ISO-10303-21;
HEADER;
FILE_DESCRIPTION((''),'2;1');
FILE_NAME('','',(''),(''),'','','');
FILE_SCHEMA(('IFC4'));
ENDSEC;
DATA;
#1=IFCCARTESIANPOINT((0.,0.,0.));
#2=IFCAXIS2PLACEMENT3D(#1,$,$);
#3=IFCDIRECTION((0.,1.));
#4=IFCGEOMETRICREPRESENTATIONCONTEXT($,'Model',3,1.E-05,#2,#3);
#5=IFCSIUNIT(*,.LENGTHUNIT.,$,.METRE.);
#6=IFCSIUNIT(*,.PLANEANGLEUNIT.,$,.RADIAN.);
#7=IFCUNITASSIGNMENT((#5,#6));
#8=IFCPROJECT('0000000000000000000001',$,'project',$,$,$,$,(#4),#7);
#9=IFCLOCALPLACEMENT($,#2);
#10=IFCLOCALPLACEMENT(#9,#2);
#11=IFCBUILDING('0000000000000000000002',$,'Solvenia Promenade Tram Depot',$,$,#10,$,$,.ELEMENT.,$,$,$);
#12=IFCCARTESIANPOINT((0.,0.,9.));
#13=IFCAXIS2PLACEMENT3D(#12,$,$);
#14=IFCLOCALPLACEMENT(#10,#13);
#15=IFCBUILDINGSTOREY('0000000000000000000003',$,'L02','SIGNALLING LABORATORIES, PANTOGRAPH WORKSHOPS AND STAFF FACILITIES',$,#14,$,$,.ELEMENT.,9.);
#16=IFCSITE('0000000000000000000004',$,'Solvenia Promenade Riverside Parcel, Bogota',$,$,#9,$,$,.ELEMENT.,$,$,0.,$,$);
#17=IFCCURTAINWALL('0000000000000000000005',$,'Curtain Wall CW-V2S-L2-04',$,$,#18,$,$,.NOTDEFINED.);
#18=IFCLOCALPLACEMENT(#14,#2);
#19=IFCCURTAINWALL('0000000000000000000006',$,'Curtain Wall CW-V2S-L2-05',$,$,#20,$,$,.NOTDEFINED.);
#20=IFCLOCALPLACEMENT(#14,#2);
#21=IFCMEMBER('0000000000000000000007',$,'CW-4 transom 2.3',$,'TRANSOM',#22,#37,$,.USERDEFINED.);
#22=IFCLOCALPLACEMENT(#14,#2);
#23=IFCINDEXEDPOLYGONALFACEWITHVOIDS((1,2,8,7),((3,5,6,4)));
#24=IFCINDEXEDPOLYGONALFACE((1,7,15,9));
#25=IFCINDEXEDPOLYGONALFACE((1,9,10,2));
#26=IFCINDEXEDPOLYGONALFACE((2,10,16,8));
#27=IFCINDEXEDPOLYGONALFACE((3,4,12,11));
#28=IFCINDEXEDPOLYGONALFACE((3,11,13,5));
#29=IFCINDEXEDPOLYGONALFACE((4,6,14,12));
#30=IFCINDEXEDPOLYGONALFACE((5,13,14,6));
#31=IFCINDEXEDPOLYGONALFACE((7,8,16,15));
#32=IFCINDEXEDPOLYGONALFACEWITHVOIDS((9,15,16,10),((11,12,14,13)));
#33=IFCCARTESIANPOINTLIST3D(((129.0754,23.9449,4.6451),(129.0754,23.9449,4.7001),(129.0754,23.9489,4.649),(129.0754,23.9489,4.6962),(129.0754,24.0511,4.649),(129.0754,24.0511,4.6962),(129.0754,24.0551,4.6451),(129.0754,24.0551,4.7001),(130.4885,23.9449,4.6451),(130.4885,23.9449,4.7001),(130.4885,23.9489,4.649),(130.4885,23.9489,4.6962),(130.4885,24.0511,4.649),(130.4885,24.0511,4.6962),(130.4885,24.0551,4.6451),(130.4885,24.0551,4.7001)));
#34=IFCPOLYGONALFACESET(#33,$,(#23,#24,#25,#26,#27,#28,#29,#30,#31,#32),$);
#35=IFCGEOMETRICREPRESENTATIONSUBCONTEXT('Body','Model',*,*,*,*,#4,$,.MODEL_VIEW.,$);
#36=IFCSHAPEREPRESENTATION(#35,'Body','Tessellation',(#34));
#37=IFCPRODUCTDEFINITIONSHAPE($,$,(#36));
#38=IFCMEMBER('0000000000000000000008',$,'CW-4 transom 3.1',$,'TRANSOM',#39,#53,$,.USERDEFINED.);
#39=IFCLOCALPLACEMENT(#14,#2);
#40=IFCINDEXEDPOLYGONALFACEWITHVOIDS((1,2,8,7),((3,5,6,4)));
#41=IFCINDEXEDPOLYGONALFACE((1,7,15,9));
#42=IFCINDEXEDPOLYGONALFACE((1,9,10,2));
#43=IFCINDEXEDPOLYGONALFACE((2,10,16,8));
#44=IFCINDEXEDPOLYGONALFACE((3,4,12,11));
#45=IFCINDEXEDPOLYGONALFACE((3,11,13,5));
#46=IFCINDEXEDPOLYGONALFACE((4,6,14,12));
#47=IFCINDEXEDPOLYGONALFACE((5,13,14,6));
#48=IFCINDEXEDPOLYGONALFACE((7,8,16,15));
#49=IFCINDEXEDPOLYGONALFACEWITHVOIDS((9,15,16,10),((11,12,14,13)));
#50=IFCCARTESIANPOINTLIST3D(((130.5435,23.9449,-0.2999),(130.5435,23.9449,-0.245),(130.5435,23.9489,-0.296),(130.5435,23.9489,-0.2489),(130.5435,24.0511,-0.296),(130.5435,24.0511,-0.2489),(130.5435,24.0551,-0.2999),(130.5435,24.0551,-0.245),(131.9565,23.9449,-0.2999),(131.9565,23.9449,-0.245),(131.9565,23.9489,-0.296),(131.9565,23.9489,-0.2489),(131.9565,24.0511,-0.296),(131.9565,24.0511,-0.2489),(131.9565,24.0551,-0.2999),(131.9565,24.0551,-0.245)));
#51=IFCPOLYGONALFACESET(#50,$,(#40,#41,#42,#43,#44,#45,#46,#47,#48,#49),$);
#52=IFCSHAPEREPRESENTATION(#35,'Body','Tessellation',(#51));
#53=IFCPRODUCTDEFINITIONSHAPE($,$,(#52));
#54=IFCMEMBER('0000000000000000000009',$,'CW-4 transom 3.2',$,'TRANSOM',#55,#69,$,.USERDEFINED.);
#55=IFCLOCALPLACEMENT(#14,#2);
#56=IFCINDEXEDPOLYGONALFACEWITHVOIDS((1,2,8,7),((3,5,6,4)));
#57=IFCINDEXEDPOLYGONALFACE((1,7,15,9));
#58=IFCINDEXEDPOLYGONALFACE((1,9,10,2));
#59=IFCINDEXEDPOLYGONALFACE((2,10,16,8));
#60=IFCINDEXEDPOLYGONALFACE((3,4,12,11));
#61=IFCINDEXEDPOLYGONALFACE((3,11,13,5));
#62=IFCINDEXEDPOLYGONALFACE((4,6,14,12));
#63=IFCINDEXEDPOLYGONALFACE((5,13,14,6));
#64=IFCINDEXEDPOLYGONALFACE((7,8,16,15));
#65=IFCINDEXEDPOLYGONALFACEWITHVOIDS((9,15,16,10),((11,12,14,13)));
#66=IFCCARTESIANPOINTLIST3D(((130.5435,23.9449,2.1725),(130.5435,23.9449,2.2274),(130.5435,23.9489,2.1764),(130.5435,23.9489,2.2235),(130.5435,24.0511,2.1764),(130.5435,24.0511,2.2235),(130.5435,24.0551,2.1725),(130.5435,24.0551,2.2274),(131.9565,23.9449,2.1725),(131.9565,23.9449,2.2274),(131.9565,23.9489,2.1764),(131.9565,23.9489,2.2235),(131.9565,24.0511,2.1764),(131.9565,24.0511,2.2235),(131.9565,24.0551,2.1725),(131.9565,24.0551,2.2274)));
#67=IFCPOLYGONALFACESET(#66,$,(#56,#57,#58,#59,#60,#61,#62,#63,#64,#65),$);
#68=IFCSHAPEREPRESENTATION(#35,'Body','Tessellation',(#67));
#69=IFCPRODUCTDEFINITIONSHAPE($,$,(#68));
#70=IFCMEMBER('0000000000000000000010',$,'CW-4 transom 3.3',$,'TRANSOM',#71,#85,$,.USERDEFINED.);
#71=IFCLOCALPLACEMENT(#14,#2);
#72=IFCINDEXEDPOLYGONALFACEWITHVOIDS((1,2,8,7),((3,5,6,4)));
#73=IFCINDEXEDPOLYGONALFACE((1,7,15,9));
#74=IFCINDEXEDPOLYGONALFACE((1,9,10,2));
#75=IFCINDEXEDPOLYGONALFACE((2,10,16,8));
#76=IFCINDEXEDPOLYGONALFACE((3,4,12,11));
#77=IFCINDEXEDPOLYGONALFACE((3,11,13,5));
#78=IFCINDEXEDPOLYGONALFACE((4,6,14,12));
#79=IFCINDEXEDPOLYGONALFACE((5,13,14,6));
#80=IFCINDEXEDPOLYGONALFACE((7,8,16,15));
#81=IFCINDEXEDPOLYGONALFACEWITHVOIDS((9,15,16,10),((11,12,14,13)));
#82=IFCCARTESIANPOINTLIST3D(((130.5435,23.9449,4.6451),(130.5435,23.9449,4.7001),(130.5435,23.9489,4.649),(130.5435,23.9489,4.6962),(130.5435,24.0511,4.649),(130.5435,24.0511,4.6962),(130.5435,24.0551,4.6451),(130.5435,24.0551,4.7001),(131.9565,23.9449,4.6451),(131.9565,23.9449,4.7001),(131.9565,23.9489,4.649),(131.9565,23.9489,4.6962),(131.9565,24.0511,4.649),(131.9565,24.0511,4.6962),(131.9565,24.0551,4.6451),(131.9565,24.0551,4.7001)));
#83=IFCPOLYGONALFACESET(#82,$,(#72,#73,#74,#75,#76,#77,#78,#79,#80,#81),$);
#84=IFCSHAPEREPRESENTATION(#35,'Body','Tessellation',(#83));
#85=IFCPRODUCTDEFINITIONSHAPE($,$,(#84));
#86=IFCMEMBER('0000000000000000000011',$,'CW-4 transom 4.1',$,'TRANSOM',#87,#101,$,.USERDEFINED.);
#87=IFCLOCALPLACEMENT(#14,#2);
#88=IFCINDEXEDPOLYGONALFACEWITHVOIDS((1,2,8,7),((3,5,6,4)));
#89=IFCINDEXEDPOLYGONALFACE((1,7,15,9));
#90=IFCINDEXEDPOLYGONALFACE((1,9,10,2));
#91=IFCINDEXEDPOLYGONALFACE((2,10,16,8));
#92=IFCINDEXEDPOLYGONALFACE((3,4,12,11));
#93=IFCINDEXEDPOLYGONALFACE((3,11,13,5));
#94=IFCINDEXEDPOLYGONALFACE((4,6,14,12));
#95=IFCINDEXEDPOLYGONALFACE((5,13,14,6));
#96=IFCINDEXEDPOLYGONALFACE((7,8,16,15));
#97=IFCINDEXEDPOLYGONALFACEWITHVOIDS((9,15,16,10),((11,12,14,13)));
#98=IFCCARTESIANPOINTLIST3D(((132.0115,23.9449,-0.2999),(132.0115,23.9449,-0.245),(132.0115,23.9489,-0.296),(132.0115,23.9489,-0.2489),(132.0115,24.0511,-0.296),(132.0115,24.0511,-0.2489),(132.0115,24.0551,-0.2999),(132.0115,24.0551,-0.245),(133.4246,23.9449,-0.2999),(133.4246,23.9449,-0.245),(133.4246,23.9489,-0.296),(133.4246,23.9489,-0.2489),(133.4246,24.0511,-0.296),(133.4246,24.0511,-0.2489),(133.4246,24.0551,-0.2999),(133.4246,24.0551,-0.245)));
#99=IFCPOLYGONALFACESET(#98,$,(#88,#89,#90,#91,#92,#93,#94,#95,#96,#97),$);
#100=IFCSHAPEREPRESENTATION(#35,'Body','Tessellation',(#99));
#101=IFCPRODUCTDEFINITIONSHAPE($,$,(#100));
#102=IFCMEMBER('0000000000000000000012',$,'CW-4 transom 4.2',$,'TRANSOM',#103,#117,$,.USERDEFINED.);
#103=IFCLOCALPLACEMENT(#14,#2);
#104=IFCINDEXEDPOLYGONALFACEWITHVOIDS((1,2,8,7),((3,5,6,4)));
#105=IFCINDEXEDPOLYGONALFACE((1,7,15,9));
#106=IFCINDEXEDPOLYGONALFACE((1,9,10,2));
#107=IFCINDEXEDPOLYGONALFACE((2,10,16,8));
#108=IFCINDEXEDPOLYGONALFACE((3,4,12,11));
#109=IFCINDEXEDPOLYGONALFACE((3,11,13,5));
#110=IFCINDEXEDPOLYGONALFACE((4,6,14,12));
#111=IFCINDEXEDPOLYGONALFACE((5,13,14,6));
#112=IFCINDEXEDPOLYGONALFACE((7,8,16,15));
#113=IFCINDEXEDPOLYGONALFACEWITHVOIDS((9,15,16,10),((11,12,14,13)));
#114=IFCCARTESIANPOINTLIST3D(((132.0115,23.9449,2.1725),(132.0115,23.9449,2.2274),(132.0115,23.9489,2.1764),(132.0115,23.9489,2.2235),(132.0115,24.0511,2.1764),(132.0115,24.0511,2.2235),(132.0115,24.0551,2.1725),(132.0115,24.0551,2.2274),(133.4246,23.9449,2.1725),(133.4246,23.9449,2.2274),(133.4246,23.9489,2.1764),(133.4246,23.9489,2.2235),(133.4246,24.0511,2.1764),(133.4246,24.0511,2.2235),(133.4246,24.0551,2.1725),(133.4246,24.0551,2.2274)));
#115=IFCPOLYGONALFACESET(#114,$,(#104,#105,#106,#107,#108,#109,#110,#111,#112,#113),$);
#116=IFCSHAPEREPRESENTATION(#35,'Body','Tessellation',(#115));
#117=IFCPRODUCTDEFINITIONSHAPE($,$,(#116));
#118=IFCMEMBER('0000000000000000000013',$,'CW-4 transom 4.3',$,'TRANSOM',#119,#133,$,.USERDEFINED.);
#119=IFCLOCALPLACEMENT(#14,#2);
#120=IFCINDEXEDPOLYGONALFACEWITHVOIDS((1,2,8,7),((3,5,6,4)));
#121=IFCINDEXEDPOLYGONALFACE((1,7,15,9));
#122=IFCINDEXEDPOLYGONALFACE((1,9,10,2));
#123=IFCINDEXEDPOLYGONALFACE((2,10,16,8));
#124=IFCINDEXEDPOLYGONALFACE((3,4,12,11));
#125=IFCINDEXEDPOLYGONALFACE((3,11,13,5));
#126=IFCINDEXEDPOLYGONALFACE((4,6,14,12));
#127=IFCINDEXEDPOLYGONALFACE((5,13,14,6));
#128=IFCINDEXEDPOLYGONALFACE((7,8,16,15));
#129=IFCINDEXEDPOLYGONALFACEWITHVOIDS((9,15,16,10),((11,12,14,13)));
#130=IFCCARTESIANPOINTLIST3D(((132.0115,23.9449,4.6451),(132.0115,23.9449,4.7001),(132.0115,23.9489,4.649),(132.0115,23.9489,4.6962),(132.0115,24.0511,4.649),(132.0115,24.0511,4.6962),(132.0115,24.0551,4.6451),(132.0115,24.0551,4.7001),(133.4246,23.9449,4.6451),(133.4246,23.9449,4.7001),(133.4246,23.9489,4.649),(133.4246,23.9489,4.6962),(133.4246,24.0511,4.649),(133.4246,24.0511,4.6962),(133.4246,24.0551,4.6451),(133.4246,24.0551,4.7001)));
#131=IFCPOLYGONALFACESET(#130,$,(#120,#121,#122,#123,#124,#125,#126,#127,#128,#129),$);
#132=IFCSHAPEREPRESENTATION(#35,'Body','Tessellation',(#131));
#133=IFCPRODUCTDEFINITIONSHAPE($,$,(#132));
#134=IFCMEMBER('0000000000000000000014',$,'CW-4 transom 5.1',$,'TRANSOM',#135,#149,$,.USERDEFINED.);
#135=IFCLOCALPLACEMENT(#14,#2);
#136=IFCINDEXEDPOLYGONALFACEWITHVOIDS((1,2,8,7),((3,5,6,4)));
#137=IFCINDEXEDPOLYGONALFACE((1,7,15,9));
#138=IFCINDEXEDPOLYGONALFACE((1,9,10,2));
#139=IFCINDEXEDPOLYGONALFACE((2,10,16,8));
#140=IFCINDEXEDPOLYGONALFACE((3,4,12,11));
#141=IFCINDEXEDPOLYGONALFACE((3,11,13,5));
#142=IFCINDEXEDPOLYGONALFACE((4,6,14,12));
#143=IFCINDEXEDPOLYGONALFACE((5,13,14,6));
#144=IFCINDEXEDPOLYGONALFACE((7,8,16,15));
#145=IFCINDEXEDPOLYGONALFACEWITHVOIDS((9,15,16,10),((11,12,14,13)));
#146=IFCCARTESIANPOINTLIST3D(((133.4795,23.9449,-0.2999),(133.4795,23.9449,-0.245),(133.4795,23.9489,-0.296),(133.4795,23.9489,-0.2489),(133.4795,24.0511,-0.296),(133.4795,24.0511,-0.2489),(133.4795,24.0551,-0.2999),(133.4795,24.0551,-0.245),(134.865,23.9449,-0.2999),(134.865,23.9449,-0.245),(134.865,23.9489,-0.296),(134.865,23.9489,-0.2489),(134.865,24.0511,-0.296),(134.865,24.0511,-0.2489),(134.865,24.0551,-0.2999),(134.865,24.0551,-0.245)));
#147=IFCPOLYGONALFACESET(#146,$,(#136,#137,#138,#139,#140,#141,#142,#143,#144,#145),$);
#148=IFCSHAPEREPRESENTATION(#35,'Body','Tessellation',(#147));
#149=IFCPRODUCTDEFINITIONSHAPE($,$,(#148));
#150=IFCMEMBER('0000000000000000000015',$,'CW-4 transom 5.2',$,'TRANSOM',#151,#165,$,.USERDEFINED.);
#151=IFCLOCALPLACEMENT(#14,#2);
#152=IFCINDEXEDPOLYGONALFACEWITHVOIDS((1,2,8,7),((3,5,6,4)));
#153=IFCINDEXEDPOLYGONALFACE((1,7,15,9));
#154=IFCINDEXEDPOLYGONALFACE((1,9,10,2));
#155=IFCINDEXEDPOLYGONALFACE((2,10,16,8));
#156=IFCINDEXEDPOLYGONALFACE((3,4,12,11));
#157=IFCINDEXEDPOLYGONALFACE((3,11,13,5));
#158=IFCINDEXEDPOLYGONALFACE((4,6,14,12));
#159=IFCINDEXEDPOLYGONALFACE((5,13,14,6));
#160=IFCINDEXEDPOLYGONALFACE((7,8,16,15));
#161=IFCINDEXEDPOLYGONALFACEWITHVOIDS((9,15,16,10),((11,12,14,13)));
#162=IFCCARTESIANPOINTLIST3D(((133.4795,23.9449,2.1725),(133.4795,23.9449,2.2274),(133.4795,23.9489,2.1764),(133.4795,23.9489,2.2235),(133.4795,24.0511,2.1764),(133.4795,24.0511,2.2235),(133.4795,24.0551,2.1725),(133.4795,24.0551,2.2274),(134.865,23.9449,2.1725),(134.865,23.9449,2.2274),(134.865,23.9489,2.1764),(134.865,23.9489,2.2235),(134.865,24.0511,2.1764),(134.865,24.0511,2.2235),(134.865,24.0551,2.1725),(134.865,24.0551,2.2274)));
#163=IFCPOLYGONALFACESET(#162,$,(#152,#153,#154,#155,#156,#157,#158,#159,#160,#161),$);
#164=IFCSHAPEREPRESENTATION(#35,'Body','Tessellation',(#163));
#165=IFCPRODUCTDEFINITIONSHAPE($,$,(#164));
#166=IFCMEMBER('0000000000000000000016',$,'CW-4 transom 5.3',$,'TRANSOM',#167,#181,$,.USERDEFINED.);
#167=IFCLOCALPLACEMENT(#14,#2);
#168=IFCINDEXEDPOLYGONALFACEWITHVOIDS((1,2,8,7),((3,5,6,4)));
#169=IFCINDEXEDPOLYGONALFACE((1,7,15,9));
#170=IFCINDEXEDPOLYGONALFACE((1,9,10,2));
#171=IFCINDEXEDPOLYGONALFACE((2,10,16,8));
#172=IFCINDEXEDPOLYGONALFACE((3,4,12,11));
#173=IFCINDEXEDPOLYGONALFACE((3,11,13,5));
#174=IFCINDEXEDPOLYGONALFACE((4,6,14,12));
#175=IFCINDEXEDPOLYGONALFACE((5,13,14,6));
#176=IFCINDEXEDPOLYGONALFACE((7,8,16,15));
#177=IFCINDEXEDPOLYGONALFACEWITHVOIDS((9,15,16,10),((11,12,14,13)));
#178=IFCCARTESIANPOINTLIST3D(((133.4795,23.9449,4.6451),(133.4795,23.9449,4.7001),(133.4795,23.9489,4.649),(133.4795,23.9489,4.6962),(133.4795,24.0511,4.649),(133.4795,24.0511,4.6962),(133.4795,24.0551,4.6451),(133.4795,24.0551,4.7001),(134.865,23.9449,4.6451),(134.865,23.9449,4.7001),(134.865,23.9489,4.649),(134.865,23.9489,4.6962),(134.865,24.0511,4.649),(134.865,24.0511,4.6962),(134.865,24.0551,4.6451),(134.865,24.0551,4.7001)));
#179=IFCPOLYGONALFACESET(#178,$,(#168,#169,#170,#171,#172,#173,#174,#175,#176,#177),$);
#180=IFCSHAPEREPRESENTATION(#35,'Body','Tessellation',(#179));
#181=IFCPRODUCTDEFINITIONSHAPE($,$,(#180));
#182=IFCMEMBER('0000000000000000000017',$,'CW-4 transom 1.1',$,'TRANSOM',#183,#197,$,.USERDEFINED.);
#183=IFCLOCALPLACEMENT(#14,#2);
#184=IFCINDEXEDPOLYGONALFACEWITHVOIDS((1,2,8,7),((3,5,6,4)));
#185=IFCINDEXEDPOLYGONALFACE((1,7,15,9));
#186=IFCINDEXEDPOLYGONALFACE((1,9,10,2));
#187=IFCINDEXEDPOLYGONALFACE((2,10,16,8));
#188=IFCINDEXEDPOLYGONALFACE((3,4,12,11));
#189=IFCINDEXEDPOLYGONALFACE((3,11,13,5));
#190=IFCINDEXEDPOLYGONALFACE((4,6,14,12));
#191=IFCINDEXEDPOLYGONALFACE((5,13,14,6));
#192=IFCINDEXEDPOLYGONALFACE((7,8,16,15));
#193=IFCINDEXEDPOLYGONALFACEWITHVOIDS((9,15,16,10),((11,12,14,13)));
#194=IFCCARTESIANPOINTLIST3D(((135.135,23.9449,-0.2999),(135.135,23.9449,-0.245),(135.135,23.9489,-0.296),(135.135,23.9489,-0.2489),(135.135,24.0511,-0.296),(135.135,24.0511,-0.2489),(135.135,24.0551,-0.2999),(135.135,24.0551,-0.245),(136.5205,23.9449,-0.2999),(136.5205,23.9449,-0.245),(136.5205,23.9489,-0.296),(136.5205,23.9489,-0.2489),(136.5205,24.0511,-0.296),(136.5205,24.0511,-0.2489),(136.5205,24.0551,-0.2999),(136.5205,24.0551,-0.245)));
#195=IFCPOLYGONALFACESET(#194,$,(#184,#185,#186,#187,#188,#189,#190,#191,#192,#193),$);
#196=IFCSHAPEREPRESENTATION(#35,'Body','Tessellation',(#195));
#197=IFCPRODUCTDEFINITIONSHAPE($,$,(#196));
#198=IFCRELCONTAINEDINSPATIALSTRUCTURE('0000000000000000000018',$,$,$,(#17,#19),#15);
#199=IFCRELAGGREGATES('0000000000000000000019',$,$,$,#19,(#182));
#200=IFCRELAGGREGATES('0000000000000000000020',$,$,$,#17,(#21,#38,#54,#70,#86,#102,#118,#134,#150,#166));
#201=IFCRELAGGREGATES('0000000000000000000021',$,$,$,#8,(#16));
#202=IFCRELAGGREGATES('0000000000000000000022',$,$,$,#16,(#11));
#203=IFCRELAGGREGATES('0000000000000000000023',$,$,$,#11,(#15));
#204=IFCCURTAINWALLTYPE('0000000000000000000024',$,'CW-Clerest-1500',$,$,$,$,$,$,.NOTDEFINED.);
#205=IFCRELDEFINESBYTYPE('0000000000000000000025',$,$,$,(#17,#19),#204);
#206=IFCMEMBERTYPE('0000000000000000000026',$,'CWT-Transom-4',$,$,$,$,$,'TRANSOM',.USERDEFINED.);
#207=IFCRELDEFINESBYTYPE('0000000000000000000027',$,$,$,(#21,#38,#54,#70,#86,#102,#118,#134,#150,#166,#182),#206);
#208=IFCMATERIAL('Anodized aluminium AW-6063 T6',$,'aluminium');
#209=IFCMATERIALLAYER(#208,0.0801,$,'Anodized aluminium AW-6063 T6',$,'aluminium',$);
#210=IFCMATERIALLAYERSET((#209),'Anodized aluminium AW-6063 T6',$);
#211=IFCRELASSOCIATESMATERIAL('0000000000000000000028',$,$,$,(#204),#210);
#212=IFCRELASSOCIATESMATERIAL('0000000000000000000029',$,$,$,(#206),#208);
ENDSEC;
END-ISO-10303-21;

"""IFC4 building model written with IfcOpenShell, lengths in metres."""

from ifc_helpers import new_model, si_unit, direction, frame, origin, origin_2d, place, context, subcontext, project, spatial, hollow_rectangle, extrude, material, layer, layer_set, material_profile, profile_set, type_object, element, aggregate, save


model = new_model("IFC4")

# Units and contexts
model_context = context("Model", 3, precision=1e-05, world=origin(), true_north=direction((0.0, 1.0)))
body_context = subcontext(model_context, "Body", "Model", "MODEL_VIEW")
ifc_project = project(units=[si_unit("LENGTHUNIT", "METRE"), si_unit("PLANEANGLEUNIT", "RADIAN")], contexts=[model_context])

# Site, building, storey
site_placement = place(None, origin())
site = spatial("IfcSite", under=ifc_project, at=site_placement, Name="Solvenia Promenade Riverside Parcel, Bogota", CompositionType="ELEMENT", RefElevation=0.0)
building_placement = place(site_placement, origin())
building = spatial("IfcBuilding", under=site, at=building_placement, Name="Solvenia Promenade Tram Depot", CompositionType="ELEMENT")
storey_placement = place(building_placement, frame((0.0, 0.0, 9.0)))
storey = spatial("IfcBuildingStorey", under=building, at=storey_placement, Name="L02", Description="SIGNALLING LABORATORIES, PANTOGRAPH WORKSHOPS AND STAFF FACILITIES", CompositionType="ELEMENT", Elevation=9.0)

# Curtain wall
ifc_material_1 = material(Name="Anodized aluminium AW-6063 T6", Category="aluminium")
ifc_layer_1 = layer(ifc_material_1, 0.0801, Name="Anodized aluminium AW-6063 T6", Category="aluminium")
ifc_layer_set_1 = layer_set([ifc_layer_1], Name="Anodized aluminium AW-6063 T6")
curtain_wall_type = type_object("IfcCurtainWallType", Name="CW-Clerest-1500", PredefinedType="NOTDEFINED", material=ifc_layer_set_1)
curtain_wall_1_placement = place(storey_placement, origin())
curtain_wall_1 = element("IfcCurtainWall", 1, at=curtain_wall_1_placement, inside=storey, type_object=curtain_wall_type, Name="Curtain Wall CW-V2S-L2-04", PredefinedType="NOTDEFINED")

# Curtain wall
curtain_wall_2_placement = place(storey_placement, origin())
curtain_wall_2 = element("IfcCurtainWall", 2, at=curtain_wall_2_placement, inside=storey, type_object=curtain_wall_type, Name="Curtain Wall CW-V2S-L2-05", PredefinedType="NOTDEFINED")

# Members
ifc_material_profile_1 = material_profile(ifc_material_1, hollow_rectangle(XDim=0.1101, YDim=0.0549, WallThickness=0.0039, at=origin_2d()), Name="ALU-T4", Category="aluminium")
ifc_profile_set_1 = profile_set([ifc_material_profile_1], Name="Anodized aluminium AW-6063 T6")
member_type_1 = type_object("IfcMemberType", Name="CWT-Transom-4", ElementType="TRANSOM", PredefinedType="USERDEFINED", material=ifc_profile_set_1)
member_1_placement = place(storey_placement, frame((129.0754, 24.0, 4.6726), z_axis=(1.0, 0.0, 0.0), x_axis=(0.0, 1.0, 0.0)))
member_1 = element("IfcMember", 3, at=member_1_placement, type_object=member_type_1, Name="CW-4 transom 2.3", ObjectType="TRANSOM", PredefinedType="USERDEFINED", context=body_context, shape_type="SweptSolid", body=[
    extrude(hollow_rectangle(XDim=0.1101, YDim=0.0549, WallThickness=0.0039, at=origin_2d()), origin(), (0.0, 0.0, 1.0), 1.4131),
])
member_2_placement = place(storey_placement, frame((130.5435, 24.0, -0.2725), z_axis=(1.0, 0.0, 0.0), x_axis=(0.0, 1.0, 0.0)))
member_2 = element("IfcMember", 4, at=member_2_placement, type_object=member_type_1, Name="CW-4 transom 3.1", ObjectType="TRANSOM", PredefinedType="USERDEFINED", context=body_context, shape_type="SweptSolid", body=[
    extrude(hollow_rectangle(XDim=0.1101, YDim=0.0549, WallThickness=0.0039, at=origin_2d()), origin(), (0.0, 0.0, 1.0), 1.4131),
])
member_3_placement = place(storey_placement, frame((130.5435, 24.0, 2.2), z_axis=(1.0, 0.0, 0.0), x_axis=(0.0, 1.0, 0.0)))
member_3 = element("IfcMember", 5, at=member_3_placement, type_object=member_type_1, Name="CW-4 transom 3.2", ObjectType="TRANSOM", PredefinedType="USERDEFINED", context=body_context, shape_type="SweptSolid", body=[
    extrude(hollow_rectangle(XDim=0.1101, YDim=0.0549, WallThickness=0.0039, at=origin_2d()), origin(), (0.0, 0.0, 1.0), 1.4131),
])
member_4_placement = place(storey_placement, frame((130.5435, 24.0, 4.6726), z_axis=(1.0, 0.0, 0.0), x_axis=(0.0, 1.0, 0.0)))
member_4 = element("IfcMember", 6, at=member_4_placement, type_object=member_type_1, Name="CW-4 transom 3.3", ObjectType="TRANSOM", PredefinedType="USERDEFINED", context=body_context, shape_type="SweptSolid", body=[
    extrude(hollow_rectangle(XDim=0.1101, YDim=0.0549, WallThickness=0.0039, at=origin_2d()), origin(), (0.0, 0.0, 1.0), 1.4131),
])
member_5_placement = place(storey_placement, frame((132.0115, 24.0, -0.2725), z_axis=(1.0, 0.0, 0.0), x_axis=(0.0, 1.0, 0.0)))
member_5 = element("IfcMember", 7, at=member_5_placement, type_object=member_type_1, Name="CW-4 transom 4.1", ObjectType="TRANSOM", PredefinedType="USERDEFINED", context=body_context, shape_type="SweptSolid", body=[
    extrude(hollow_rectangle(XDim=0.1101, YDim=0.0549, WallThickness=0.0039, at=origin_2d()), origin(), (0.0, 0.0, 1.0), 1.4131),
])
member_6_placement = place(storey_placement, frame((132.0115, 24.0, 2.2), z_axis=(1.0, 0.0, 0.0), x_axis=(0.0, 1.0, 0.0)))
member_6 = element("IfcMember", 8, at=member_6_placement, type_object=member_type_1, Name="CW-4 transom 4.2", ObjectType="TRANSOM", PredefinedType="USERDEFINED", context=body_context, shape_type="SweptSolid", body=[
    extrude(hollow_rectangle(XDim=0.1101, YDim=0.0549, WallThickness=0.0039, at=origin_2d()), origin(), (0.0, 0.0, 1.0), 1.4131),
])
member_7_placement = place(storey_placement, frame((132.0115, 24.0, 4.6726), z_axis=(1.0, 0.0, 0.0), x_axis=(0.0, 1.0, 0.0)))
member_7 = element("IfcMember", 9, at=member_7_placement, type_object=member_type_1, Name="CW-4 transom 4.3", ObjectType="TRANSOM", PredefinedType="USERDEFINED", context=body_context, shape_type="SweptSolid", body=[
    extrude(hollow_rectangle(XDim=0.1101, YDim=0.0549, WallThickness=0.0039, at=origin_2d()), origin(), (0.0, 0.0, 1.0), 1.4131),
])
member_8_placement = place(storey_placement, frame((133.4795, 24.0, -0.2725), z_axis=(1.0, 0.0, 0.0), x_axis=(0.0, 1.0, 0.0)))
member_8 = element("IfcMember", 10, at=member_8_placement, type_object=member_type_1, Name="CW-4 transom 5.1", ObjectType="TRANSOM", PredefinedType="USERDEFINED", context=body_context, shape_type="SweptSolid", body=[
    extrude(hollow_rectangle(XDim=0.1101, YDim=0.0549, WallThickness=0.0039, at=origin_2d()), origin(), (0.0, 0.0, 1.0), 1.3855),
])
member_9_placement = place(storey_placement, frame((133.4795, 24.0, 2.2), z_axis=(1.0, 0.0, 0.0), x_axis=(0.0, 1.0, 0.0)))
member_9 = element("IfcMember", 11, at=member_9_placement, type_object=member_type_1, Name="CW-4 transom 5.2", ObjectType="TRANSOM", PredefinedType="USERDEFINED", context=body_context, shape_type="SweptSolid", body=[
    extrude(hollow_rectangle(XDim=0.1101, YDim=0.0549, WallThickness=0.0039, at=origin_2d()), origin(), (0.0, 0.0, 1.0), 1.3855),
])
member_10_placement = place(storey_placement, frame((133.4795, 24.0, 4.6726), z_axis=(1.0, 0.0, 0.0), x_axis=(0.0, 1.0, 0.0)))
member_10 = element("IfcMember", 12, at=member_10_placement, type_object=member_type_1, Name="CW-4 transom 5.3", ObjectType="TRANSOM", PredefinedType="USERDEFINED", context=body_context, shape_type="SweptSolid", body=[
    extrude(hollow_rectangle(XDim=0.1101, YDim=0.0549, WallThickness=0.0039, at=origin_2d()), origin(), (0.0, 0.0, 1.0), 1.3855),
])
member_11_placement = place(storey_placement, frame((135.135, 24.0, -0.2725), z_axis=(1.0, 0.0, 0.0), x_axis=(0.0, 1.0, 0.0)))
member_11 = element("IfcMember", 13, at=member_11_placement, type_object=member_type_1, Name="CW-4 transom 1.1", ObjectType="TRANSOM", PredefinedType="USERDEFINED", context=body_context, shape_type="SweptSolid", body=[
    extrude(hollow_rectangle(XDim=0.1101, YDim=0.0549, WallThickness=0.0039, at=origin_2d()), origin(), (0.0, 0.0, 1.0), 1.3855),
])
aggregate(curtain_wall_2, [member_11])

aggregate(curtain_wall_1, [member_1, member_2, member_3, member_4, member_5, member_6, member_7, member_8, member_9, member_10])

save(model, "model.ifc")
